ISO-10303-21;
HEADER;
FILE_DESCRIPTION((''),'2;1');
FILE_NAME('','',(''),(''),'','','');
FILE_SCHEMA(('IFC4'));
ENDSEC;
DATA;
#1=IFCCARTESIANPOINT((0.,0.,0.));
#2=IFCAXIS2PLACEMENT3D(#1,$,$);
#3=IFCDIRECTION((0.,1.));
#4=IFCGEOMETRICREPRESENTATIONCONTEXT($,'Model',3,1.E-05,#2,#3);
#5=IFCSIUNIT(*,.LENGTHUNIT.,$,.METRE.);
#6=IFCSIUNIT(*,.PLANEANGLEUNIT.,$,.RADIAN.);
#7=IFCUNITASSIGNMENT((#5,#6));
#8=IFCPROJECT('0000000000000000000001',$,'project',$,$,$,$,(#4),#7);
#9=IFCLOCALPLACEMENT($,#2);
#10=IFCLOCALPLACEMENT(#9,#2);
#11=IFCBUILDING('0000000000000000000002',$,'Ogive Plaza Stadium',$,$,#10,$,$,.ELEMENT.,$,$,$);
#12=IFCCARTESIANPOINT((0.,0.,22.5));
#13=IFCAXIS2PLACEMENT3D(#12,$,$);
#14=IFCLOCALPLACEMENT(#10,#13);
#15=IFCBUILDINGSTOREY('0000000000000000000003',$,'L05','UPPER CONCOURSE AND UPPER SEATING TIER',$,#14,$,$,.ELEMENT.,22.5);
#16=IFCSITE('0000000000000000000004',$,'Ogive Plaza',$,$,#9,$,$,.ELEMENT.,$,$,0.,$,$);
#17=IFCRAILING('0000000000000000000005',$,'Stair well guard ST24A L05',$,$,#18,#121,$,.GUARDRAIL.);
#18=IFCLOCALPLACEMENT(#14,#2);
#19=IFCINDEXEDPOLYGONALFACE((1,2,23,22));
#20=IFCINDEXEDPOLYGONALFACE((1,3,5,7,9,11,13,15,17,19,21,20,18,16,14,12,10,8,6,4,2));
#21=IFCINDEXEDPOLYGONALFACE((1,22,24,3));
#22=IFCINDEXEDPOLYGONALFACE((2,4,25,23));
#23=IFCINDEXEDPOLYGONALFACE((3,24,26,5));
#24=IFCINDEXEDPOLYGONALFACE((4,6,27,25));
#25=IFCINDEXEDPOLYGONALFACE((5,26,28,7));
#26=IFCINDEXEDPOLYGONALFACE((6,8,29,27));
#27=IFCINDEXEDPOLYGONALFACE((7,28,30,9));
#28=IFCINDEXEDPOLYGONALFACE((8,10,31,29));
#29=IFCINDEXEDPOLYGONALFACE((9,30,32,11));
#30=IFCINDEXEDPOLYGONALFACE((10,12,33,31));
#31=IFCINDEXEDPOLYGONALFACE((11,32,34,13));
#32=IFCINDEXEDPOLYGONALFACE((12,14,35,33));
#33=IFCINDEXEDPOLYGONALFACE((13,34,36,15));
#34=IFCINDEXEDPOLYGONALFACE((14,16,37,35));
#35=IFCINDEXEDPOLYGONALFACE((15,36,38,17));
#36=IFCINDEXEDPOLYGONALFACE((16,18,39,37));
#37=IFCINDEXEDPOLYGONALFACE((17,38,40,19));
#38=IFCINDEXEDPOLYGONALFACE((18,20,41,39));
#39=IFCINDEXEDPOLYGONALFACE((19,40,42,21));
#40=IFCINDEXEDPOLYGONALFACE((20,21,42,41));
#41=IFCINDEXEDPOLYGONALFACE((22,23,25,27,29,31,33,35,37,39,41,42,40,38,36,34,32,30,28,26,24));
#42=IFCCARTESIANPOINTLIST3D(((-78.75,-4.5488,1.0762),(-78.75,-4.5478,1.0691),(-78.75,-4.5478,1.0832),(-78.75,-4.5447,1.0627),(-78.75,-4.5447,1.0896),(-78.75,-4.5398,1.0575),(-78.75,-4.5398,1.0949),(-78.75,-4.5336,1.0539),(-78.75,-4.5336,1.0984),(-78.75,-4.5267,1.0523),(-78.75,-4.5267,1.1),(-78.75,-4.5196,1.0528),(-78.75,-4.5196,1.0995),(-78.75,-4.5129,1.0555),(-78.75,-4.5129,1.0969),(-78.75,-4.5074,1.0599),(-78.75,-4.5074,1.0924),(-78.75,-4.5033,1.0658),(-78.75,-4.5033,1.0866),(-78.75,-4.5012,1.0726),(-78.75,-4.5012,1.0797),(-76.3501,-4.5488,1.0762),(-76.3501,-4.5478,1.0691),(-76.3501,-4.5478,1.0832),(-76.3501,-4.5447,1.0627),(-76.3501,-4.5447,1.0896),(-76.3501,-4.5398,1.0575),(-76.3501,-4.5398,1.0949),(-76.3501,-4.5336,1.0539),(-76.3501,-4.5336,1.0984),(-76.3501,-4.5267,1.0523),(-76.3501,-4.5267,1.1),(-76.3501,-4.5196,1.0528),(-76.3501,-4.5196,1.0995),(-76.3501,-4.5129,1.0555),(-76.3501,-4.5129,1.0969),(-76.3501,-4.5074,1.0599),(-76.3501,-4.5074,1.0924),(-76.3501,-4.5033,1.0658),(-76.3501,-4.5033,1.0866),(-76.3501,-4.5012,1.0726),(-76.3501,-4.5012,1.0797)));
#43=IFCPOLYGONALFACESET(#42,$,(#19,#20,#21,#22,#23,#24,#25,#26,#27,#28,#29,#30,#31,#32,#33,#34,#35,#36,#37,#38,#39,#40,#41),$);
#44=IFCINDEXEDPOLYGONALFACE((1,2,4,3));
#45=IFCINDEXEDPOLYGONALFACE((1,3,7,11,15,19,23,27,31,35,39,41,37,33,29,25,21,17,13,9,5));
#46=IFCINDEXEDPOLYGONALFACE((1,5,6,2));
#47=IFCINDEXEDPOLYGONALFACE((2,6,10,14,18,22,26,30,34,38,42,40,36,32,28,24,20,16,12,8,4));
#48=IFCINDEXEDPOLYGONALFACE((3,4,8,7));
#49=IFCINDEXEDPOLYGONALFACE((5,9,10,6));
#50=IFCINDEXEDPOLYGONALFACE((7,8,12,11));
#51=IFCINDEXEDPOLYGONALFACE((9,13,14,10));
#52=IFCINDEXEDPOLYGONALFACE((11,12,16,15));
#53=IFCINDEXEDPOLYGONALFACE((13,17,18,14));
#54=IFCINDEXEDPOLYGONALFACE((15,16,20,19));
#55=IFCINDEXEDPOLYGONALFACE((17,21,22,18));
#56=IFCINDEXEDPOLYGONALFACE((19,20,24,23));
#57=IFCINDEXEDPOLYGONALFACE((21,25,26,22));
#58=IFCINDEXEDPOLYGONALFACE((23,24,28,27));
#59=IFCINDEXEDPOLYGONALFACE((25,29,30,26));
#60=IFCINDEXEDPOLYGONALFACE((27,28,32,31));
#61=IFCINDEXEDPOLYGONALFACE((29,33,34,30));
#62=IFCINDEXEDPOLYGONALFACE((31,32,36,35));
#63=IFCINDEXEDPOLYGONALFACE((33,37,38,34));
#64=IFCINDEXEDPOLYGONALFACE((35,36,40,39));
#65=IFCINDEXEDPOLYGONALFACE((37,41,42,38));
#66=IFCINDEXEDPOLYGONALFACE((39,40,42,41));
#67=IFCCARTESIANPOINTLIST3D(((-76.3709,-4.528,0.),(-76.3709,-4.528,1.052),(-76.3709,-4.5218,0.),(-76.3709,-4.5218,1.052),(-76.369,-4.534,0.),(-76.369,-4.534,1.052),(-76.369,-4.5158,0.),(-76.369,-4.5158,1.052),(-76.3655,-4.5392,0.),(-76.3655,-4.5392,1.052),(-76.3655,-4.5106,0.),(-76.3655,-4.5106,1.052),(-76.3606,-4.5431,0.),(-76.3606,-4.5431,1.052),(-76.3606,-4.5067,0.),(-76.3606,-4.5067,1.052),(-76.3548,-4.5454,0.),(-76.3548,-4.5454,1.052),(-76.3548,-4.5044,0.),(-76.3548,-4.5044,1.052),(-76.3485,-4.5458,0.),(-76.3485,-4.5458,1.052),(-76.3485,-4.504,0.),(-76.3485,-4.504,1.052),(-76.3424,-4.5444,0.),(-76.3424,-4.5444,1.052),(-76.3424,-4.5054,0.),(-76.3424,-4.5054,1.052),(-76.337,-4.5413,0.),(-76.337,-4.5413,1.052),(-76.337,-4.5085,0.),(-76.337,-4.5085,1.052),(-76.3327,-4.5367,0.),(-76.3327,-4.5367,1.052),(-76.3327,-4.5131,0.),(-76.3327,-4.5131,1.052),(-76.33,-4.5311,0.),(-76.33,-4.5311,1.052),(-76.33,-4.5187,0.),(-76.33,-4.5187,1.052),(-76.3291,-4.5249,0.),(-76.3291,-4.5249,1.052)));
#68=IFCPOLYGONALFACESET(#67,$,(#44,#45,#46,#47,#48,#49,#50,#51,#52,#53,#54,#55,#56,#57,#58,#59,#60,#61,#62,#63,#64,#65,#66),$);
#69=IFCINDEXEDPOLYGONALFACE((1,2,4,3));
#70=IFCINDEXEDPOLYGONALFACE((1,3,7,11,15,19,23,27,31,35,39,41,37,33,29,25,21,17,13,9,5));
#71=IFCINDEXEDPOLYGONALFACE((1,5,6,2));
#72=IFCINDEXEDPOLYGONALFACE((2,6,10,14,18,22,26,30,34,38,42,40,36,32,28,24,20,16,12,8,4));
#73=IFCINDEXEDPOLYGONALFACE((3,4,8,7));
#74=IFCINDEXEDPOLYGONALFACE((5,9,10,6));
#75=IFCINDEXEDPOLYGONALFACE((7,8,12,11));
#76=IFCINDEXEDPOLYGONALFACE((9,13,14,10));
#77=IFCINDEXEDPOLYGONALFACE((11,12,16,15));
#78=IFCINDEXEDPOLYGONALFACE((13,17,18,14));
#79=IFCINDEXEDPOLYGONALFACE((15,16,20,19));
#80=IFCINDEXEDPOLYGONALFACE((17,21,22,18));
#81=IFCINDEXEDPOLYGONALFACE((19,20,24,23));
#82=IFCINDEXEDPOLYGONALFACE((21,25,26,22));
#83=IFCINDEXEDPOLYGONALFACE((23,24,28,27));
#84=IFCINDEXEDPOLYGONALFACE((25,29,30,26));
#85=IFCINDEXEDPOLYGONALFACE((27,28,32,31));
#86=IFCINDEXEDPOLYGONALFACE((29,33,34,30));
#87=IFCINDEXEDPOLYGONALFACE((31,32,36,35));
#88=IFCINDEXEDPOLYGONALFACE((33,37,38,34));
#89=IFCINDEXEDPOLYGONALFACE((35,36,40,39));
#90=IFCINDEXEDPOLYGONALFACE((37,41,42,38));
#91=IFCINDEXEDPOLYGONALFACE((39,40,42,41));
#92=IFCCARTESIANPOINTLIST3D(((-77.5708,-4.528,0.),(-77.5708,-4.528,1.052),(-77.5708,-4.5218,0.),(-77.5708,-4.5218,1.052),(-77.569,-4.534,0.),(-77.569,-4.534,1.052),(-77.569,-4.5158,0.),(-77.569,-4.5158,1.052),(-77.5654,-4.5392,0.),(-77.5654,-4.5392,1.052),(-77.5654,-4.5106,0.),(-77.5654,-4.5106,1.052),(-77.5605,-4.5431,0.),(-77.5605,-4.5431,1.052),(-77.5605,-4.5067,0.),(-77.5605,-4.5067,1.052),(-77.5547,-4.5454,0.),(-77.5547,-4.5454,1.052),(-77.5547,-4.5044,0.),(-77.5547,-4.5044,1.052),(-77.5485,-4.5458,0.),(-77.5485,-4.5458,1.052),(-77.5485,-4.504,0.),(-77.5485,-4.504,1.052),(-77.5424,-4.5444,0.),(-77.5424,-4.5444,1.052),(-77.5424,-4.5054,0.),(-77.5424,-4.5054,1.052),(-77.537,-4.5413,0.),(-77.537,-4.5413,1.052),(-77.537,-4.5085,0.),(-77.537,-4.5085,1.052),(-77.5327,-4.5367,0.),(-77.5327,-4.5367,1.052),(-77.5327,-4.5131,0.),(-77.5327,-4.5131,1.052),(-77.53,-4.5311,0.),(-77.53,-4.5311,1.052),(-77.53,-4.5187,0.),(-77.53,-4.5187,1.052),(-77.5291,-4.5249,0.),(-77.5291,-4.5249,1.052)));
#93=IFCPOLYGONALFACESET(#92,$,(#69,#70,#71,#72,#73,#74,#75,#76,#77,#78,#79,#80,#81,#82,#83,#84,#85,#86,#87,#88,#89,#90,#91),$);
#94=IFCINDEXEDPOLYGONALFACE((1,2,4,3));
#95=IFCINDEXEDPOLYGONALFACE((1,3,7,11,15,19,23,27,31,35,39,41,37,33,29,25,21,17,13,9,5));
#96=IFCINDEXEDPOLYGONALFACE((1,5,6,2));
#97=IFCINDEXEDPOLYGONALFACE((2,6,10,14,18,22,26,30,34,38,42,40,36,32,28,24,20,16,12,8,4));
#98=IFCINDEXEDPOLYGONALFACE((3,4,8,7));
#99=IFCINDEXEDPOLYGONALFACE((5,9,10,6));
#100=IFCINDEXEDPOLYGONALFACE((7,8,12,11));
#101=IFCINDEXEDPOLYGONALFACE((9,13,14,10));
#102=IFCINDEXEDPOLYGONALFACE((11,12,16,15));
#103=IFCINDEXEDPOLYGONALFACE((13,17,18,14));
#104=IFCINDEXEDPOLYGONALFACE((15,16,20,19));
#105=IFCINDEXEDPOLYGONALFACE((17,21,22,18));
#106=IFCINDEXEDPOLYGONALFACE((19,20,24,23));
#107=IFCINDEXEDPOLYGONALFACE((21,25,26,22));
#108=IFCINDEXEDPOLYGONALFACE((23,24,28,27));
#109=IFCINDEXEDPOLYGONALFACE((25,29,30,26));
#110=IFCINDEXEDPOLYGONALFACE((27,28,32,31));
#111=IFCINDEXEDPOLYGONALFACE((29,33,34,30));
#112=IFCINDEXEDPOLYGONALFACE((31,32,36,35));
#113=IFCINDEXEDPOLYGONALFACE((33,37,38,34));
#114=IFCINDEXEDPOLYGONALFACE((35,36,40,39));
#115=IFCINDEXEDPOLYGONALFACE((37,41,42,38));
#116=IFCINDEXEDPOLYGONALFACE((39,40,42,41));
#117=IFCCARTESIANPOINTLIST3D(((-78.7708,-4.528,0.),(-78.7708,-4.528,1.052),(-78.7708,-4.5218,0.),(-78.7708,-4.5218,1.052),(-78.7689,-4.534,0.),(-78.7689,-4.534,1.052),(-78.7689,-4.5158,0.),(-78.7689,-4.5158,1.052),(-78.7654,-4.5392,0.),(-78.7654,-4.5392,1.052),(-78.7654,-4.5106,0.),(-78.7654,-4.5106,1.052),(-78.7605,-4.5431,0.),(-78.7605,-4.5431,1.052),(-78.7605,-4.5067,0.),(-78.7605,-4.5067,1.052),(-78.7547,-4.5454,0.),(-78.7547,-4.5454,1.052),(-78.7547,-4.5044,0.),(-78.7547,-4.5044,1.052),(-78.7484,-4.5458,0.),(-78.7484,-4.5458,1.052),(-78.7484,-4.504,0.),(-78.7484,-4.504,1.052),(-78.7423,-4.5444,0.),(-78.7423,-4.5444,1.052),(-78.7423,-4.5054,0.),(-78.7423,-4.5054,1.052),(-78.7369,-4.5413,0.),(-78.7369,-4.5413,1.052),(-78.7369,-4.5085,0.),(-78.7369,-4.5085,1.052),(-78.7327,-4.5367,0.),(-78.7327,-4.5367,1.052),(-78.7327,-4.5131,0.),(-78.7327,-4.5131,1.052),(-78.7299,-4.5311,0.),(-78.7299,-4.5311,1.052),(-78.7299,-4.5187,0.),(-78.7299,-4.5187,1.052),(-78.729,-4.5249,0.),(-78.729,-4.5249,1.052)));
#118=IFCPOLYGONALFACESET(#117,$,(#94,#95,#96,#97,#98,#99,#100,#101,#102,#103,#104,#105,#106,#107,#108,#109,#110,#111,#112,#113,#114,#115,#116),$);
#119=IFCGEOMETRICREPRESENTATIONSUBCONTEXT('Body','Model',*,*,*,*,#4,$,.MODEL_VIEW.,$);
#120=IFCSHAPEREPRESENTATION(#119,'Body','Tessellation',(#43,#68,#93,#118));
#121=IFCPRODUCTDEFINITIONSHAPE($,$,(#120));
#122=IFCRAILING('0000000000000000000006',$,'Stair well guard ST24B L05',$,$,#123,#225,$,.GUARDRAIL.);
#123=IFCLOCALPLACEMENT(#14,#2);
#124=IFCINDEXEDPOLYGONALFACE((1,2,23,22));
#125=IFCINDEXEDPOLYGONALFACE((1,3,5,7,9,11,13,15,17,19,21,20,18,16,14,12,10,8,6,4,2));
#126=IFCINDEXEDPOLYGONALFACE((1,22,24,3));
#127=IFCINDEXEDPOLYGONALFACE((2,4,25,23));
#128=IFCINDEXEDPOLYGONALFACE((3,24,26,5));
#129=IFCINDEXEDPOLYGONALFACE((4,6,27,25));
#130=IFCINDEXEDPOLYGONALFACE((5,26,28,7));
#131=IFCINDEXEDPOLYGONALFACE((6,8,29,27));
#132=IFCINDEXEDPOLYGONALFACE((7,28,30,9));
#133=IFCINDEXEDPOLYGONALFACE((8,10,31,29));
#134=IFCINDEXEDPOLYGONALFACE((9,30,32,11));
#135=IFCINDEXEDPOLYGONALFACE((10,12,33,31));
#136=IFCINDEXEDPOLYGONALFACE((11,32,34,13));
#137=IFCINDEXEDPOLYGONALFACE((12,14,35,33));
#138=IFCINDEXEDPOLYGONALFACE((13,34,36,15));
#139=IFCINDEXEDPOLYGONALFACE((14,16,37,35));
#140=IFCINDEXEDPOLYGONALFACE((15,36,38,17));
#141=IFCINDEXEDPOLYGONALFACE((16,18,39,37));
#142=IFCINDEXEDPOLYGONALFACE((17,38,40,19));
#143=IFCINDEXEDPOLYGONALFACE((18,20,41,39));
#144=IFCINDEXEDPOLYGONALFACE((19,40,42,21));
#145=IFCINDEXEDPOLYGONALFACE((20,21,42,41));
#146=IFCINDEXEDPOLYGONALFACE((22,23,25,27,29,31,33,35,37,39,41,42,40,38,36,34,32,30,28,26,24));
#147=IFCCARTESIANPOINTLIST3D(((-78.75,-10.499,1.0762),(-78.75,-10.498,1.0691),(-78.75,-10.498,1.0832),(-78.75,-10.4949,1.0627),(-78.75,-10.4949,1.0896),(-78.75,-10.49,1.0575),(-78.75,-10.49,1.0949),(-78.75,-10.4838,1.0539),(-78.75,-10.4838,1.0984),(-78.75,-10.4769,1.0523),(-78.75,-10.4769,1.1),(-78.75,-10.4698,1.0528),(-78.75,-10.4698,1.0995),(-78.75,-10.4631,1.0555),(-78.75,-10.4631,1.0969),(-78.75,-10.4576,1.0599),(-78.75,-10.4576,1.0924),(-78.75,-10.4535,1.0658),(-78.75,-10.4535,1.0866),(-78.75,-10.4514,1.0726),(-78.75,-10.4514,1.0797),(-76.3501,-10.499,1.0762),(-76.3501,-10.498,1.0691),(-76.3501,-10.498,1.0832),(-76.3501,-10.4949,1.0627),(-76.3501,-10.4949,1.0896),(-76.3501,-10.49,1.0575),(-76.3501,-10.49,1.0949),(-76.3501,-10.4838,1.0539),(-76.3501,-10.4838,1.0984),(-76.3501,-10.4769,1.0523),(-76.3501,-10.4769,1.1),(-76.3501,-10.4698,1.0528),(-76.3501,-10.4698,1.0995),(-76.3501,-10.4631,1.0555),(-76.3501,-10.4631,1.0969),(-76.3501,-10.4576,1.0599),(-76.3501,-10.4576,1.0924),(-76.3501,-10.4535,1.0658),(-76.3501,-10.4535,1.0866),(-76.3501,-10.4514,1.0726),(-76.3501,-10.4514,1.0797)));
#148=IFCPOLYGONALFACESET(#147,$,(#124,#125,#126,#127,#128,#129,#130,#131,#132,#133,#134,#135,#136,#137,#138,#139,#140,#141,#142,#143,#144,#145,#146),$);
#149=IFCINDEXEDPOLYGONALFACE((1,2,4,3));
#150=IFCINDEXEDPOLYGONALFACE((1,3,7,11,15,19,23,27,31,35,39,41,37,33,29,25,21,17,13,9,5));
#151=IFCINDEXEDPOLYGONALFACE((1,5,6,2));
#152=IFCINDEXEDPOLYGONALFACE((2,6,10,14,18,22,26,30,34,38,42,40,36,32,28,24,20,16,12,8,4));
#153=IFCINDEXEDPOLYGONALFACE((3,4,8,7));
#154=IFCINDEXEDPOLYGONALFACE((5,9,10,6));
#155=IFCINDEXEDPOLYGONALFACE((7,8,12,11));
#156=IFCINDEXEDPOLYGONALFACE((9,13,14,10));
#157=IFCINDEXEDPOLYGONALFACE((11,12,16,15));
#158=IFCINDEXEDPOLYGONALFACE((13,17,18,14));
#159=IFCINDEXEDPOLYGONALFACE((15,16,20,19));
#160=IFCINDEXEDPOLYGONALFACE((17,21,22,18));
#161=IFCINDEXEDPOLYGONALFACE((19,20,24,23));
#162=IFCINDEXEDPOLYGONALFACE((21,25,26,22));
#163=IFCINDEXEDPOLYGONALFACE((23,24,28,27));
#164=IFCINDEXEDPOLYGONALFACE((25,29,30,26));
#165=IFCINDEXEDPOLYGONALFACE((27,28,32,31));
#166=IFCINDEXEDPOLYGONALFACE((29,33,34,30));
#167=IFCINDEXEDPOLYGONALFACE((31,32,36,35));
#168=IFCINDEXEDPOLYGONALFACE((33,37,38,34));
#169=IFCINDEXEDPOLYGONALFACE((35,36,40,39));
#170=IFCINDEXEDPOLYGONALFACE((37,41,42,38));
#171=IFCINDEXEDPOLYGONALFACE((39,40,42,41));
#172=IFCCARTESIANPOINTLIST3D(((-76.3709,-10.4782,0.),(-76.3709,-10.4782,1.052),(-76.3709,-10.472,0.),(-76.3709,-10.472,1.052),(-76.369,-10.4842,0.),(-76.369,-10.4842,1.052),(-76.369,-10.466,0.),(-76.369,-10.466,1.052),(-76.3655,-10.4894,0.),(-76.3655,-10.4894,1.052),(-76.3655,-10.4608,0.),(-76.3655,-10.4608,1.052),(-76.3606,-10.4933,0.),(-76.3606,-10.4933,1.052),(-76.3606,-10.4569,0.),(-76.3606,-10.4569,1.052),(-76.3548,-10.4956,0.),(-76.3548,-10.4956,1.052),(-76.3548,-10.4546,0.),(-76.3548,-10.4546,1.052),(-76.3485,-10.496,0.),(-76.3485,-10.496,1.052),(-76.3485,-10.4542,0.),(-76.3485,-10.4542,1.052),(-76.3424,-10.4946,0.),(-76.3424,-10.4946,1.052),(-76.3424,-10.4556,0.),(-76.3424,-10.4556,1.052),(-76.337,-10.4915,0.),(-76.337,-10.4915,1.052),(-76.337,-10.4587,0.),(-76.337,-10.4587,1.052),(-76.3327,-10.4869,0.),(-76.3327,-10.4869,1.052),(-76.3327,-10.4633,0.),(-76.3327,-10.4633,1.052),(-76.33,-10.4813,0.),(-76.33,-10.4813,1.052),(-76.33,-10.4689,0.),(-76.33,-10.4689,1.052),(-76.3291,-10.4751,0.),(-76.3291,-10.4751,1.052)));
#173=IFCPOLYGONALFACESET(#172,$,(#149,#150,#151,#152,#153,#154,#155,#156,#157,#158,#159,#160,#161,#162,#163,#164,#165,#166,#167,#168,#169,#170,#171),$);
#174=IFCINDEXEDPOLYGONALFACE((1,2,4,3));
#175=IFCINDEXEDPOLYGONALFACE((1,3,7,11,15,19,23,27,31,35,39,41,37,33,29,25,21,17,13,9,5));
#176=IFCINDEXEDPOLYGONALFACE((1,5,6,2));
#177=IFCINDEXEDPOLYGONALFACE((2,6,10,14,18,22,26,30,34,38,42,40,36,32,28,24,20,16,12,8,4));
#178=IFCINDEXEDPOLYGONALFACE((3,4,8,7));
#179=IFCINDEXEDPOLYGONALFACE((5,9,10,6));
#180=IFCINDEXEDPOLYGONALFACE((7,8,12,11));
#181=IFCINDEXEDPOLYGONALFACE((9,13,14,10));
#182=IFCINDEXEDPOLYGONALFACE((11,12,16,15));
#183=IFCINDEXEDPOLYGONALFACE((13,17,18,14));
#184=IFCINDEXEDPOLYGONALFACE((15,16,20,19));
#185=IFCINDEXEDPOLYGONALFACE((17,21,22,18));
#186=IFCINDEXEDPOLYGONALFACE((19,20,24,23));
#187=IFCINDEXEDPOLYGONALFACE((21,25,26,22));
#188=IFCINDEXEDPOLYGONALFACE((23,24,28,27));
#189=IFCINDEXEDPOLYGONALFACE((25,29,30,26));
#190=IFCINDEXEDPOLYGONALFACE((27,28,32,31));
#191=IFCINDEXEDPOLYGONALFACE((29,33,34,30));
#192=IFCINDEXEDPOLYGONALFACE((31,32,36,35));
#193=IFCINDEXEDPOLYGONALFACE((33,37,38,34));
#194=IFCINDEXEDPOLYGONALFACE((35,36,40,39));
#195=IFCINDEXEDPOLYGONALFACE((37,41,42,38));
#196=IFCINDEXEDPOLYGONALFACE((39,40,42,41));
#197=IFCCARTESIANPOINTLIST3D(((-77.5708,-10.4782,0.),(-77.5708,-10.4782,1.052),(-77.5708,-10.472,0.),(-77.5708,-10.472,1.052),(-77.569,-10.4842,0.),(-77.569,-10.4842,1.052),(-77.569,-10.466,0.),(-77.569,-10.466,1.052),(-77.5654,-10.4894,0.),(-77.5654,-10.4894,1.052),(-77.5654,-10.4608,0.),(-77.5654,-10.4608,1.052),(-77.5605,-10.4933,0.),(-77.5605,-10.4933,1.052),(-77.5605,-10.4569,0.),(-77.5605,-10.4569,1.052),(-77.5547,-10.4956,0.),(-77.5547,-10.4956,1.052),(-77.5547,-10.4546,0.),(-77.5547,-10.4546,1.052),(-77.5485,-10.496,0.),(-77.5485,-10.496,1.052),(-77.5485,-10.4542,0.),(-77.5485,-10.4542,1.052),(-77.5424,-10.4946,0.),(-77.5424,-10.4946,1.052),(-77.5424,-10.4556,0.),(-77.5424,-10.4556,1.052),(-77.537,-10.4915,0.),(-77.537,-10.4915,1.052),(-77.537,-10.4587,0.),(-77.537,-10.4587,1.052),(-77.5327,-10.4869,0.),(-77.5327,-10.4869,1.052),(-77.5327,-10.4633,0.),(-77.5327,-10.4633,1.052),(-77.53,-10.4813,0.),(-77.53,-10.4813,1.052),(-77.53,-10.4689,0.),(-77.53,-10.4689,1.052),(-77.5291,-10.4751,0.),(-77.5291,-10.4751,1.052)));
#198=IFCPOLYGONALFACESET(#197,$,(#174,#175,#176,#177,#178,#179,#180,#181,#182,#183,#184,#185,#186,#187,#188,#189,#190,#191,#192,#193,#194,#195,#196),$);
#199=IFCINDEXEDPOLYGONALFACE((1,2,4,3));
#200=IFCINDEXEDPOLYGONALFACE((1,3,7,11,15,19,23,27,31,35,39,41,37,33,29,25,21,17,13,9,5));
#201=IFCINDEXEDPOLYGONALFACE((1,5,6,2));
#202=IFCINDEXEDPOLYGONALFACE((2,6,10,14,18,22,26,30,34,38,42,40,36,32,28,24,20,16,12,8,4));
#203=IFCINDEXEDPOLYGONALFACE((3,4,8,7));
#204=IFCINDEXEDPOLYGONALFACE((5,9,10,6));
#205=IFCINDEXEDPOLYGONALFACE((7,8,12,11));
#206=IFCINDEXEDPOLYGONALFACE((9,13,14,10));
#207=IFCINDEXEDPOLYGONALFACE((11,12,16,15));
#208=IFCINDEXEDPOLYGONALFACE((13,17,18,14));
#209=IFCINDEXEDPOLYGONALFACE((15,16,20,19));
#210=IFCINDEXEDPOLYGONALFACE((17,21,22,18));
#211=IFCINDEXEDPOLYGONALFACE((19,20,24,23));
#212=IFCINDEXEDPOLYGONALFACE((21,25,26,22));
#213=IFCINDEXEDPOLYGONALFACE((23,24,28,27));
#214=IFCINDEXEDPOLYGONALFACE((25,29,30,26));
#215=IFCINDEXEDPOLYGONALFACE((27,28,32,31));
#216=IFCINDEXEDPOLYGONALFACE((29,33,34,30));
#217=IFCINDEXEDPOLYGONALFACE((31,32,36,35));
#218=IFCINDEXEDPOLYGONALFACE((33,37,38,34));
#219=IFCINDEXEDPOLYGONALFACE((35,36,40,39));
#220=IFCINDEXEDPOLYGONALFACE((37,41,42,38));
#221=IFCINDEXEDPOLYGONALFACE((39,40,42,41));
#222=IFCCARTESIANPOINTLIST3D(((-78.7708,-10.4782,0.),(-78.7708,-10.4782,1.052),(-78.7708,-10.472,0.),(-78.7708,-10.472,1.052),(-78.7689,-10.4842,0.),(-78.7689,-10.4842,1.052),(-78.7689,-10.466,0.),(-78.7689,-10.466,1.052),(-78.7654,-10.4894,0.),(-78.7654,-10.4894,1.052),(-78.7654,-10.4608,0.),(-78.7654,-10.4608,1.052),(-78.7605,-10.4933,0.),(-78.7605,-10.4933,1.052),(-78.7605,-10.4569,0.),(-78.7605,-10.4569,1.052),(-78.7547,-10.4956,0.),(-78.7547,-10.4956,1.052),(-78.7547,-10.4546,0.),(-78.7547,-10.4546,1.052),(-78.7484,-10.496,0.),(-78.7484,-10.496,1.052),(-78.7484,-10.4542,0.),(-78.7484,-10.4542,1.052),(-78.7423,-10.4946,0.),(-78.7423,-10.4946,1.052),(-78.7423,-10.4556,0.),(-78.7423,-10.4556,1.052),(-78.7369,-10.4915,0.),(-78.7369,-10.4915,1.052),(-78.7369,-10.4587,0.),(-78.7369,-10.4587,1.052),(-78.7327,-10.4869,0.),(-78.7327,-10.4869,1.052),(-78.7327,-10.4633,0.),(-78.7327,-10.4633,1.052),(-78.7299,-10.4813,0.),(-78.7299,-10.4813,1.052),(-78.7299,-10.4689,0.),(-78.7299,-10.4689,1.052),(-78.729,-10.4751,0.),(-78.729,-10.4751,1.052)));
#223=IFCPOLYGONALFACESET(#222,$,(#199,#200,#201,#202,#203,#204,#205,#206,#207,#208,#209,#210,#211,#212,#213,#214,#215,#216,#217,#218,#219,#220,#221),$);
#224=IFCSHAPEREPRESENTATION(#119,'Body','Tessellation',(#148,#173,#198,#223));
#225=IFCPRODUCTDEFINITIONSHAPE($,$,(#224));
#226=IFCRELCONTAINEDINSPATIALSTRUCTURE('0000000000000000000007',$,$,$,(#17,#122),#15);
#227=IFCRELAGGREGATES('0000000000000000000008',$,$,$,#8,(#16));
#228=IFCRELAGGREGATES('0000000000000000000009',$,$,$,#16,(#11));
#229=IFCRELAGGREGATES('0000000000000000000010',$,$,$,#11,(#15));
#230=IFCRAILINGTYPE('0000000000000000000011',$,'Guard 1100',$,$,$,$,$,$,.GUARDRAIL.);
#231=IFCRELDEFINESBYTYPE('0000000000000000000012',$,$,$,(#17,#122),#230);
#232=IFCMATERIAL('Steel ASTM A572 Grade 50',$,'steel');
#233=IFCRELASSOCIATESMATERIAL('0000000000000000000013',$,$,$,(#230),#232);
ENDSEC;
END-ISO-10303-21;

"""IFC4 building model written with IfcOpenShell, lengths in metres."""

from ifc_helpers import new_model, si_unit, direction, frame, origin, origin_2d, place, context, subcontext, project, spatial, circle, extrude, material, type_object, element, save


model = new_model("IFC4")

# Units and contexts
model_context = context("Model", 3, precision=1e-05, world=origin(), true_north=direction((0.0, 1.0)))
body_context = subcontext(model_context, "Body", "Model", "MODEL_VIEW")
ifc_project = project(units=[si_unit("LENGTHUNIT", "METRE"), si_unit("PLANEANGLEUNIT", "RADIAN")], contexts=[model_context])

# Site, building, storey
site_placement = place(None, origin())
site = spatial("IfcSite", under=ifc_project, at=site_placement, Name="Ogive Plaza", CompositionType="ELEMENT", RefElevation=0.0)
building_placement = place(site_placement, origin())
building = spatial("IfcBuilding", under=site, at=building_placement, Name="Ogive Plaza Stadium", CompositionType="ELEMENT")
storey_placement = place(building_placement, frame((0.0, 0.0, 22.5)))
storey = spatial("IfcBuildingStorey", under=building, at=storey_placement, Name="L05", Description="UPPER CONCOURSE AND UPPER SEATING TIER", CompositionType="ELEMENT", Elevation=22.5)

# Railings
ifc_material_1 = material(Name="Steel ASTM A572 Grade 50", Category="steel")
railing_type = type_object("IfcRailingType", Name="Guard 1100", PredefinedType="GUARDRAIL", material=ifc_material_1)
for number, where, name in (
    (1, (-76.3501, -4.5249, 0.0), "Stair well guard ST24A L05"),
    (2, (-76.3501, -10.4751, 0.0), "Stair well guard ST24B L05"),
):
    element("IfcRailing", number, at=place(storey_placement, frame(where)), inside=storey, type_object=railing_type, Name=name, PredefinedType="GUARDRAIL", context=body_context, shape_type="SweptSolid", body=[
        extrude(circle(Radius=0.0239, at=origin_2d()), frame((0.0, 0.0, 1.0762), z_axis=(-1.0, 0.0, 0.0), x_axis=(0.0, -1.0, 0.0)), (0.0, 0.0, 1.0), 2.3999),
        extrude(circle(Radius=0.021, at=origin_2d()), origin(), (0.0, 0.0, 1.0), 1.052),
        extrude(circle(Radius=0.021, at=origin_2d()), frame((-1.2, 0.0, 0.0)), (0.0, 0.0, 1.0), 1.052),
        extrude(circle(Radius=0.021, at=origin_2d()), frame((-2.3999, 0.0, 0.0)), (0.0, 0.0, 1.0), 1.052),
    ])

save(model, "model.ifc")
